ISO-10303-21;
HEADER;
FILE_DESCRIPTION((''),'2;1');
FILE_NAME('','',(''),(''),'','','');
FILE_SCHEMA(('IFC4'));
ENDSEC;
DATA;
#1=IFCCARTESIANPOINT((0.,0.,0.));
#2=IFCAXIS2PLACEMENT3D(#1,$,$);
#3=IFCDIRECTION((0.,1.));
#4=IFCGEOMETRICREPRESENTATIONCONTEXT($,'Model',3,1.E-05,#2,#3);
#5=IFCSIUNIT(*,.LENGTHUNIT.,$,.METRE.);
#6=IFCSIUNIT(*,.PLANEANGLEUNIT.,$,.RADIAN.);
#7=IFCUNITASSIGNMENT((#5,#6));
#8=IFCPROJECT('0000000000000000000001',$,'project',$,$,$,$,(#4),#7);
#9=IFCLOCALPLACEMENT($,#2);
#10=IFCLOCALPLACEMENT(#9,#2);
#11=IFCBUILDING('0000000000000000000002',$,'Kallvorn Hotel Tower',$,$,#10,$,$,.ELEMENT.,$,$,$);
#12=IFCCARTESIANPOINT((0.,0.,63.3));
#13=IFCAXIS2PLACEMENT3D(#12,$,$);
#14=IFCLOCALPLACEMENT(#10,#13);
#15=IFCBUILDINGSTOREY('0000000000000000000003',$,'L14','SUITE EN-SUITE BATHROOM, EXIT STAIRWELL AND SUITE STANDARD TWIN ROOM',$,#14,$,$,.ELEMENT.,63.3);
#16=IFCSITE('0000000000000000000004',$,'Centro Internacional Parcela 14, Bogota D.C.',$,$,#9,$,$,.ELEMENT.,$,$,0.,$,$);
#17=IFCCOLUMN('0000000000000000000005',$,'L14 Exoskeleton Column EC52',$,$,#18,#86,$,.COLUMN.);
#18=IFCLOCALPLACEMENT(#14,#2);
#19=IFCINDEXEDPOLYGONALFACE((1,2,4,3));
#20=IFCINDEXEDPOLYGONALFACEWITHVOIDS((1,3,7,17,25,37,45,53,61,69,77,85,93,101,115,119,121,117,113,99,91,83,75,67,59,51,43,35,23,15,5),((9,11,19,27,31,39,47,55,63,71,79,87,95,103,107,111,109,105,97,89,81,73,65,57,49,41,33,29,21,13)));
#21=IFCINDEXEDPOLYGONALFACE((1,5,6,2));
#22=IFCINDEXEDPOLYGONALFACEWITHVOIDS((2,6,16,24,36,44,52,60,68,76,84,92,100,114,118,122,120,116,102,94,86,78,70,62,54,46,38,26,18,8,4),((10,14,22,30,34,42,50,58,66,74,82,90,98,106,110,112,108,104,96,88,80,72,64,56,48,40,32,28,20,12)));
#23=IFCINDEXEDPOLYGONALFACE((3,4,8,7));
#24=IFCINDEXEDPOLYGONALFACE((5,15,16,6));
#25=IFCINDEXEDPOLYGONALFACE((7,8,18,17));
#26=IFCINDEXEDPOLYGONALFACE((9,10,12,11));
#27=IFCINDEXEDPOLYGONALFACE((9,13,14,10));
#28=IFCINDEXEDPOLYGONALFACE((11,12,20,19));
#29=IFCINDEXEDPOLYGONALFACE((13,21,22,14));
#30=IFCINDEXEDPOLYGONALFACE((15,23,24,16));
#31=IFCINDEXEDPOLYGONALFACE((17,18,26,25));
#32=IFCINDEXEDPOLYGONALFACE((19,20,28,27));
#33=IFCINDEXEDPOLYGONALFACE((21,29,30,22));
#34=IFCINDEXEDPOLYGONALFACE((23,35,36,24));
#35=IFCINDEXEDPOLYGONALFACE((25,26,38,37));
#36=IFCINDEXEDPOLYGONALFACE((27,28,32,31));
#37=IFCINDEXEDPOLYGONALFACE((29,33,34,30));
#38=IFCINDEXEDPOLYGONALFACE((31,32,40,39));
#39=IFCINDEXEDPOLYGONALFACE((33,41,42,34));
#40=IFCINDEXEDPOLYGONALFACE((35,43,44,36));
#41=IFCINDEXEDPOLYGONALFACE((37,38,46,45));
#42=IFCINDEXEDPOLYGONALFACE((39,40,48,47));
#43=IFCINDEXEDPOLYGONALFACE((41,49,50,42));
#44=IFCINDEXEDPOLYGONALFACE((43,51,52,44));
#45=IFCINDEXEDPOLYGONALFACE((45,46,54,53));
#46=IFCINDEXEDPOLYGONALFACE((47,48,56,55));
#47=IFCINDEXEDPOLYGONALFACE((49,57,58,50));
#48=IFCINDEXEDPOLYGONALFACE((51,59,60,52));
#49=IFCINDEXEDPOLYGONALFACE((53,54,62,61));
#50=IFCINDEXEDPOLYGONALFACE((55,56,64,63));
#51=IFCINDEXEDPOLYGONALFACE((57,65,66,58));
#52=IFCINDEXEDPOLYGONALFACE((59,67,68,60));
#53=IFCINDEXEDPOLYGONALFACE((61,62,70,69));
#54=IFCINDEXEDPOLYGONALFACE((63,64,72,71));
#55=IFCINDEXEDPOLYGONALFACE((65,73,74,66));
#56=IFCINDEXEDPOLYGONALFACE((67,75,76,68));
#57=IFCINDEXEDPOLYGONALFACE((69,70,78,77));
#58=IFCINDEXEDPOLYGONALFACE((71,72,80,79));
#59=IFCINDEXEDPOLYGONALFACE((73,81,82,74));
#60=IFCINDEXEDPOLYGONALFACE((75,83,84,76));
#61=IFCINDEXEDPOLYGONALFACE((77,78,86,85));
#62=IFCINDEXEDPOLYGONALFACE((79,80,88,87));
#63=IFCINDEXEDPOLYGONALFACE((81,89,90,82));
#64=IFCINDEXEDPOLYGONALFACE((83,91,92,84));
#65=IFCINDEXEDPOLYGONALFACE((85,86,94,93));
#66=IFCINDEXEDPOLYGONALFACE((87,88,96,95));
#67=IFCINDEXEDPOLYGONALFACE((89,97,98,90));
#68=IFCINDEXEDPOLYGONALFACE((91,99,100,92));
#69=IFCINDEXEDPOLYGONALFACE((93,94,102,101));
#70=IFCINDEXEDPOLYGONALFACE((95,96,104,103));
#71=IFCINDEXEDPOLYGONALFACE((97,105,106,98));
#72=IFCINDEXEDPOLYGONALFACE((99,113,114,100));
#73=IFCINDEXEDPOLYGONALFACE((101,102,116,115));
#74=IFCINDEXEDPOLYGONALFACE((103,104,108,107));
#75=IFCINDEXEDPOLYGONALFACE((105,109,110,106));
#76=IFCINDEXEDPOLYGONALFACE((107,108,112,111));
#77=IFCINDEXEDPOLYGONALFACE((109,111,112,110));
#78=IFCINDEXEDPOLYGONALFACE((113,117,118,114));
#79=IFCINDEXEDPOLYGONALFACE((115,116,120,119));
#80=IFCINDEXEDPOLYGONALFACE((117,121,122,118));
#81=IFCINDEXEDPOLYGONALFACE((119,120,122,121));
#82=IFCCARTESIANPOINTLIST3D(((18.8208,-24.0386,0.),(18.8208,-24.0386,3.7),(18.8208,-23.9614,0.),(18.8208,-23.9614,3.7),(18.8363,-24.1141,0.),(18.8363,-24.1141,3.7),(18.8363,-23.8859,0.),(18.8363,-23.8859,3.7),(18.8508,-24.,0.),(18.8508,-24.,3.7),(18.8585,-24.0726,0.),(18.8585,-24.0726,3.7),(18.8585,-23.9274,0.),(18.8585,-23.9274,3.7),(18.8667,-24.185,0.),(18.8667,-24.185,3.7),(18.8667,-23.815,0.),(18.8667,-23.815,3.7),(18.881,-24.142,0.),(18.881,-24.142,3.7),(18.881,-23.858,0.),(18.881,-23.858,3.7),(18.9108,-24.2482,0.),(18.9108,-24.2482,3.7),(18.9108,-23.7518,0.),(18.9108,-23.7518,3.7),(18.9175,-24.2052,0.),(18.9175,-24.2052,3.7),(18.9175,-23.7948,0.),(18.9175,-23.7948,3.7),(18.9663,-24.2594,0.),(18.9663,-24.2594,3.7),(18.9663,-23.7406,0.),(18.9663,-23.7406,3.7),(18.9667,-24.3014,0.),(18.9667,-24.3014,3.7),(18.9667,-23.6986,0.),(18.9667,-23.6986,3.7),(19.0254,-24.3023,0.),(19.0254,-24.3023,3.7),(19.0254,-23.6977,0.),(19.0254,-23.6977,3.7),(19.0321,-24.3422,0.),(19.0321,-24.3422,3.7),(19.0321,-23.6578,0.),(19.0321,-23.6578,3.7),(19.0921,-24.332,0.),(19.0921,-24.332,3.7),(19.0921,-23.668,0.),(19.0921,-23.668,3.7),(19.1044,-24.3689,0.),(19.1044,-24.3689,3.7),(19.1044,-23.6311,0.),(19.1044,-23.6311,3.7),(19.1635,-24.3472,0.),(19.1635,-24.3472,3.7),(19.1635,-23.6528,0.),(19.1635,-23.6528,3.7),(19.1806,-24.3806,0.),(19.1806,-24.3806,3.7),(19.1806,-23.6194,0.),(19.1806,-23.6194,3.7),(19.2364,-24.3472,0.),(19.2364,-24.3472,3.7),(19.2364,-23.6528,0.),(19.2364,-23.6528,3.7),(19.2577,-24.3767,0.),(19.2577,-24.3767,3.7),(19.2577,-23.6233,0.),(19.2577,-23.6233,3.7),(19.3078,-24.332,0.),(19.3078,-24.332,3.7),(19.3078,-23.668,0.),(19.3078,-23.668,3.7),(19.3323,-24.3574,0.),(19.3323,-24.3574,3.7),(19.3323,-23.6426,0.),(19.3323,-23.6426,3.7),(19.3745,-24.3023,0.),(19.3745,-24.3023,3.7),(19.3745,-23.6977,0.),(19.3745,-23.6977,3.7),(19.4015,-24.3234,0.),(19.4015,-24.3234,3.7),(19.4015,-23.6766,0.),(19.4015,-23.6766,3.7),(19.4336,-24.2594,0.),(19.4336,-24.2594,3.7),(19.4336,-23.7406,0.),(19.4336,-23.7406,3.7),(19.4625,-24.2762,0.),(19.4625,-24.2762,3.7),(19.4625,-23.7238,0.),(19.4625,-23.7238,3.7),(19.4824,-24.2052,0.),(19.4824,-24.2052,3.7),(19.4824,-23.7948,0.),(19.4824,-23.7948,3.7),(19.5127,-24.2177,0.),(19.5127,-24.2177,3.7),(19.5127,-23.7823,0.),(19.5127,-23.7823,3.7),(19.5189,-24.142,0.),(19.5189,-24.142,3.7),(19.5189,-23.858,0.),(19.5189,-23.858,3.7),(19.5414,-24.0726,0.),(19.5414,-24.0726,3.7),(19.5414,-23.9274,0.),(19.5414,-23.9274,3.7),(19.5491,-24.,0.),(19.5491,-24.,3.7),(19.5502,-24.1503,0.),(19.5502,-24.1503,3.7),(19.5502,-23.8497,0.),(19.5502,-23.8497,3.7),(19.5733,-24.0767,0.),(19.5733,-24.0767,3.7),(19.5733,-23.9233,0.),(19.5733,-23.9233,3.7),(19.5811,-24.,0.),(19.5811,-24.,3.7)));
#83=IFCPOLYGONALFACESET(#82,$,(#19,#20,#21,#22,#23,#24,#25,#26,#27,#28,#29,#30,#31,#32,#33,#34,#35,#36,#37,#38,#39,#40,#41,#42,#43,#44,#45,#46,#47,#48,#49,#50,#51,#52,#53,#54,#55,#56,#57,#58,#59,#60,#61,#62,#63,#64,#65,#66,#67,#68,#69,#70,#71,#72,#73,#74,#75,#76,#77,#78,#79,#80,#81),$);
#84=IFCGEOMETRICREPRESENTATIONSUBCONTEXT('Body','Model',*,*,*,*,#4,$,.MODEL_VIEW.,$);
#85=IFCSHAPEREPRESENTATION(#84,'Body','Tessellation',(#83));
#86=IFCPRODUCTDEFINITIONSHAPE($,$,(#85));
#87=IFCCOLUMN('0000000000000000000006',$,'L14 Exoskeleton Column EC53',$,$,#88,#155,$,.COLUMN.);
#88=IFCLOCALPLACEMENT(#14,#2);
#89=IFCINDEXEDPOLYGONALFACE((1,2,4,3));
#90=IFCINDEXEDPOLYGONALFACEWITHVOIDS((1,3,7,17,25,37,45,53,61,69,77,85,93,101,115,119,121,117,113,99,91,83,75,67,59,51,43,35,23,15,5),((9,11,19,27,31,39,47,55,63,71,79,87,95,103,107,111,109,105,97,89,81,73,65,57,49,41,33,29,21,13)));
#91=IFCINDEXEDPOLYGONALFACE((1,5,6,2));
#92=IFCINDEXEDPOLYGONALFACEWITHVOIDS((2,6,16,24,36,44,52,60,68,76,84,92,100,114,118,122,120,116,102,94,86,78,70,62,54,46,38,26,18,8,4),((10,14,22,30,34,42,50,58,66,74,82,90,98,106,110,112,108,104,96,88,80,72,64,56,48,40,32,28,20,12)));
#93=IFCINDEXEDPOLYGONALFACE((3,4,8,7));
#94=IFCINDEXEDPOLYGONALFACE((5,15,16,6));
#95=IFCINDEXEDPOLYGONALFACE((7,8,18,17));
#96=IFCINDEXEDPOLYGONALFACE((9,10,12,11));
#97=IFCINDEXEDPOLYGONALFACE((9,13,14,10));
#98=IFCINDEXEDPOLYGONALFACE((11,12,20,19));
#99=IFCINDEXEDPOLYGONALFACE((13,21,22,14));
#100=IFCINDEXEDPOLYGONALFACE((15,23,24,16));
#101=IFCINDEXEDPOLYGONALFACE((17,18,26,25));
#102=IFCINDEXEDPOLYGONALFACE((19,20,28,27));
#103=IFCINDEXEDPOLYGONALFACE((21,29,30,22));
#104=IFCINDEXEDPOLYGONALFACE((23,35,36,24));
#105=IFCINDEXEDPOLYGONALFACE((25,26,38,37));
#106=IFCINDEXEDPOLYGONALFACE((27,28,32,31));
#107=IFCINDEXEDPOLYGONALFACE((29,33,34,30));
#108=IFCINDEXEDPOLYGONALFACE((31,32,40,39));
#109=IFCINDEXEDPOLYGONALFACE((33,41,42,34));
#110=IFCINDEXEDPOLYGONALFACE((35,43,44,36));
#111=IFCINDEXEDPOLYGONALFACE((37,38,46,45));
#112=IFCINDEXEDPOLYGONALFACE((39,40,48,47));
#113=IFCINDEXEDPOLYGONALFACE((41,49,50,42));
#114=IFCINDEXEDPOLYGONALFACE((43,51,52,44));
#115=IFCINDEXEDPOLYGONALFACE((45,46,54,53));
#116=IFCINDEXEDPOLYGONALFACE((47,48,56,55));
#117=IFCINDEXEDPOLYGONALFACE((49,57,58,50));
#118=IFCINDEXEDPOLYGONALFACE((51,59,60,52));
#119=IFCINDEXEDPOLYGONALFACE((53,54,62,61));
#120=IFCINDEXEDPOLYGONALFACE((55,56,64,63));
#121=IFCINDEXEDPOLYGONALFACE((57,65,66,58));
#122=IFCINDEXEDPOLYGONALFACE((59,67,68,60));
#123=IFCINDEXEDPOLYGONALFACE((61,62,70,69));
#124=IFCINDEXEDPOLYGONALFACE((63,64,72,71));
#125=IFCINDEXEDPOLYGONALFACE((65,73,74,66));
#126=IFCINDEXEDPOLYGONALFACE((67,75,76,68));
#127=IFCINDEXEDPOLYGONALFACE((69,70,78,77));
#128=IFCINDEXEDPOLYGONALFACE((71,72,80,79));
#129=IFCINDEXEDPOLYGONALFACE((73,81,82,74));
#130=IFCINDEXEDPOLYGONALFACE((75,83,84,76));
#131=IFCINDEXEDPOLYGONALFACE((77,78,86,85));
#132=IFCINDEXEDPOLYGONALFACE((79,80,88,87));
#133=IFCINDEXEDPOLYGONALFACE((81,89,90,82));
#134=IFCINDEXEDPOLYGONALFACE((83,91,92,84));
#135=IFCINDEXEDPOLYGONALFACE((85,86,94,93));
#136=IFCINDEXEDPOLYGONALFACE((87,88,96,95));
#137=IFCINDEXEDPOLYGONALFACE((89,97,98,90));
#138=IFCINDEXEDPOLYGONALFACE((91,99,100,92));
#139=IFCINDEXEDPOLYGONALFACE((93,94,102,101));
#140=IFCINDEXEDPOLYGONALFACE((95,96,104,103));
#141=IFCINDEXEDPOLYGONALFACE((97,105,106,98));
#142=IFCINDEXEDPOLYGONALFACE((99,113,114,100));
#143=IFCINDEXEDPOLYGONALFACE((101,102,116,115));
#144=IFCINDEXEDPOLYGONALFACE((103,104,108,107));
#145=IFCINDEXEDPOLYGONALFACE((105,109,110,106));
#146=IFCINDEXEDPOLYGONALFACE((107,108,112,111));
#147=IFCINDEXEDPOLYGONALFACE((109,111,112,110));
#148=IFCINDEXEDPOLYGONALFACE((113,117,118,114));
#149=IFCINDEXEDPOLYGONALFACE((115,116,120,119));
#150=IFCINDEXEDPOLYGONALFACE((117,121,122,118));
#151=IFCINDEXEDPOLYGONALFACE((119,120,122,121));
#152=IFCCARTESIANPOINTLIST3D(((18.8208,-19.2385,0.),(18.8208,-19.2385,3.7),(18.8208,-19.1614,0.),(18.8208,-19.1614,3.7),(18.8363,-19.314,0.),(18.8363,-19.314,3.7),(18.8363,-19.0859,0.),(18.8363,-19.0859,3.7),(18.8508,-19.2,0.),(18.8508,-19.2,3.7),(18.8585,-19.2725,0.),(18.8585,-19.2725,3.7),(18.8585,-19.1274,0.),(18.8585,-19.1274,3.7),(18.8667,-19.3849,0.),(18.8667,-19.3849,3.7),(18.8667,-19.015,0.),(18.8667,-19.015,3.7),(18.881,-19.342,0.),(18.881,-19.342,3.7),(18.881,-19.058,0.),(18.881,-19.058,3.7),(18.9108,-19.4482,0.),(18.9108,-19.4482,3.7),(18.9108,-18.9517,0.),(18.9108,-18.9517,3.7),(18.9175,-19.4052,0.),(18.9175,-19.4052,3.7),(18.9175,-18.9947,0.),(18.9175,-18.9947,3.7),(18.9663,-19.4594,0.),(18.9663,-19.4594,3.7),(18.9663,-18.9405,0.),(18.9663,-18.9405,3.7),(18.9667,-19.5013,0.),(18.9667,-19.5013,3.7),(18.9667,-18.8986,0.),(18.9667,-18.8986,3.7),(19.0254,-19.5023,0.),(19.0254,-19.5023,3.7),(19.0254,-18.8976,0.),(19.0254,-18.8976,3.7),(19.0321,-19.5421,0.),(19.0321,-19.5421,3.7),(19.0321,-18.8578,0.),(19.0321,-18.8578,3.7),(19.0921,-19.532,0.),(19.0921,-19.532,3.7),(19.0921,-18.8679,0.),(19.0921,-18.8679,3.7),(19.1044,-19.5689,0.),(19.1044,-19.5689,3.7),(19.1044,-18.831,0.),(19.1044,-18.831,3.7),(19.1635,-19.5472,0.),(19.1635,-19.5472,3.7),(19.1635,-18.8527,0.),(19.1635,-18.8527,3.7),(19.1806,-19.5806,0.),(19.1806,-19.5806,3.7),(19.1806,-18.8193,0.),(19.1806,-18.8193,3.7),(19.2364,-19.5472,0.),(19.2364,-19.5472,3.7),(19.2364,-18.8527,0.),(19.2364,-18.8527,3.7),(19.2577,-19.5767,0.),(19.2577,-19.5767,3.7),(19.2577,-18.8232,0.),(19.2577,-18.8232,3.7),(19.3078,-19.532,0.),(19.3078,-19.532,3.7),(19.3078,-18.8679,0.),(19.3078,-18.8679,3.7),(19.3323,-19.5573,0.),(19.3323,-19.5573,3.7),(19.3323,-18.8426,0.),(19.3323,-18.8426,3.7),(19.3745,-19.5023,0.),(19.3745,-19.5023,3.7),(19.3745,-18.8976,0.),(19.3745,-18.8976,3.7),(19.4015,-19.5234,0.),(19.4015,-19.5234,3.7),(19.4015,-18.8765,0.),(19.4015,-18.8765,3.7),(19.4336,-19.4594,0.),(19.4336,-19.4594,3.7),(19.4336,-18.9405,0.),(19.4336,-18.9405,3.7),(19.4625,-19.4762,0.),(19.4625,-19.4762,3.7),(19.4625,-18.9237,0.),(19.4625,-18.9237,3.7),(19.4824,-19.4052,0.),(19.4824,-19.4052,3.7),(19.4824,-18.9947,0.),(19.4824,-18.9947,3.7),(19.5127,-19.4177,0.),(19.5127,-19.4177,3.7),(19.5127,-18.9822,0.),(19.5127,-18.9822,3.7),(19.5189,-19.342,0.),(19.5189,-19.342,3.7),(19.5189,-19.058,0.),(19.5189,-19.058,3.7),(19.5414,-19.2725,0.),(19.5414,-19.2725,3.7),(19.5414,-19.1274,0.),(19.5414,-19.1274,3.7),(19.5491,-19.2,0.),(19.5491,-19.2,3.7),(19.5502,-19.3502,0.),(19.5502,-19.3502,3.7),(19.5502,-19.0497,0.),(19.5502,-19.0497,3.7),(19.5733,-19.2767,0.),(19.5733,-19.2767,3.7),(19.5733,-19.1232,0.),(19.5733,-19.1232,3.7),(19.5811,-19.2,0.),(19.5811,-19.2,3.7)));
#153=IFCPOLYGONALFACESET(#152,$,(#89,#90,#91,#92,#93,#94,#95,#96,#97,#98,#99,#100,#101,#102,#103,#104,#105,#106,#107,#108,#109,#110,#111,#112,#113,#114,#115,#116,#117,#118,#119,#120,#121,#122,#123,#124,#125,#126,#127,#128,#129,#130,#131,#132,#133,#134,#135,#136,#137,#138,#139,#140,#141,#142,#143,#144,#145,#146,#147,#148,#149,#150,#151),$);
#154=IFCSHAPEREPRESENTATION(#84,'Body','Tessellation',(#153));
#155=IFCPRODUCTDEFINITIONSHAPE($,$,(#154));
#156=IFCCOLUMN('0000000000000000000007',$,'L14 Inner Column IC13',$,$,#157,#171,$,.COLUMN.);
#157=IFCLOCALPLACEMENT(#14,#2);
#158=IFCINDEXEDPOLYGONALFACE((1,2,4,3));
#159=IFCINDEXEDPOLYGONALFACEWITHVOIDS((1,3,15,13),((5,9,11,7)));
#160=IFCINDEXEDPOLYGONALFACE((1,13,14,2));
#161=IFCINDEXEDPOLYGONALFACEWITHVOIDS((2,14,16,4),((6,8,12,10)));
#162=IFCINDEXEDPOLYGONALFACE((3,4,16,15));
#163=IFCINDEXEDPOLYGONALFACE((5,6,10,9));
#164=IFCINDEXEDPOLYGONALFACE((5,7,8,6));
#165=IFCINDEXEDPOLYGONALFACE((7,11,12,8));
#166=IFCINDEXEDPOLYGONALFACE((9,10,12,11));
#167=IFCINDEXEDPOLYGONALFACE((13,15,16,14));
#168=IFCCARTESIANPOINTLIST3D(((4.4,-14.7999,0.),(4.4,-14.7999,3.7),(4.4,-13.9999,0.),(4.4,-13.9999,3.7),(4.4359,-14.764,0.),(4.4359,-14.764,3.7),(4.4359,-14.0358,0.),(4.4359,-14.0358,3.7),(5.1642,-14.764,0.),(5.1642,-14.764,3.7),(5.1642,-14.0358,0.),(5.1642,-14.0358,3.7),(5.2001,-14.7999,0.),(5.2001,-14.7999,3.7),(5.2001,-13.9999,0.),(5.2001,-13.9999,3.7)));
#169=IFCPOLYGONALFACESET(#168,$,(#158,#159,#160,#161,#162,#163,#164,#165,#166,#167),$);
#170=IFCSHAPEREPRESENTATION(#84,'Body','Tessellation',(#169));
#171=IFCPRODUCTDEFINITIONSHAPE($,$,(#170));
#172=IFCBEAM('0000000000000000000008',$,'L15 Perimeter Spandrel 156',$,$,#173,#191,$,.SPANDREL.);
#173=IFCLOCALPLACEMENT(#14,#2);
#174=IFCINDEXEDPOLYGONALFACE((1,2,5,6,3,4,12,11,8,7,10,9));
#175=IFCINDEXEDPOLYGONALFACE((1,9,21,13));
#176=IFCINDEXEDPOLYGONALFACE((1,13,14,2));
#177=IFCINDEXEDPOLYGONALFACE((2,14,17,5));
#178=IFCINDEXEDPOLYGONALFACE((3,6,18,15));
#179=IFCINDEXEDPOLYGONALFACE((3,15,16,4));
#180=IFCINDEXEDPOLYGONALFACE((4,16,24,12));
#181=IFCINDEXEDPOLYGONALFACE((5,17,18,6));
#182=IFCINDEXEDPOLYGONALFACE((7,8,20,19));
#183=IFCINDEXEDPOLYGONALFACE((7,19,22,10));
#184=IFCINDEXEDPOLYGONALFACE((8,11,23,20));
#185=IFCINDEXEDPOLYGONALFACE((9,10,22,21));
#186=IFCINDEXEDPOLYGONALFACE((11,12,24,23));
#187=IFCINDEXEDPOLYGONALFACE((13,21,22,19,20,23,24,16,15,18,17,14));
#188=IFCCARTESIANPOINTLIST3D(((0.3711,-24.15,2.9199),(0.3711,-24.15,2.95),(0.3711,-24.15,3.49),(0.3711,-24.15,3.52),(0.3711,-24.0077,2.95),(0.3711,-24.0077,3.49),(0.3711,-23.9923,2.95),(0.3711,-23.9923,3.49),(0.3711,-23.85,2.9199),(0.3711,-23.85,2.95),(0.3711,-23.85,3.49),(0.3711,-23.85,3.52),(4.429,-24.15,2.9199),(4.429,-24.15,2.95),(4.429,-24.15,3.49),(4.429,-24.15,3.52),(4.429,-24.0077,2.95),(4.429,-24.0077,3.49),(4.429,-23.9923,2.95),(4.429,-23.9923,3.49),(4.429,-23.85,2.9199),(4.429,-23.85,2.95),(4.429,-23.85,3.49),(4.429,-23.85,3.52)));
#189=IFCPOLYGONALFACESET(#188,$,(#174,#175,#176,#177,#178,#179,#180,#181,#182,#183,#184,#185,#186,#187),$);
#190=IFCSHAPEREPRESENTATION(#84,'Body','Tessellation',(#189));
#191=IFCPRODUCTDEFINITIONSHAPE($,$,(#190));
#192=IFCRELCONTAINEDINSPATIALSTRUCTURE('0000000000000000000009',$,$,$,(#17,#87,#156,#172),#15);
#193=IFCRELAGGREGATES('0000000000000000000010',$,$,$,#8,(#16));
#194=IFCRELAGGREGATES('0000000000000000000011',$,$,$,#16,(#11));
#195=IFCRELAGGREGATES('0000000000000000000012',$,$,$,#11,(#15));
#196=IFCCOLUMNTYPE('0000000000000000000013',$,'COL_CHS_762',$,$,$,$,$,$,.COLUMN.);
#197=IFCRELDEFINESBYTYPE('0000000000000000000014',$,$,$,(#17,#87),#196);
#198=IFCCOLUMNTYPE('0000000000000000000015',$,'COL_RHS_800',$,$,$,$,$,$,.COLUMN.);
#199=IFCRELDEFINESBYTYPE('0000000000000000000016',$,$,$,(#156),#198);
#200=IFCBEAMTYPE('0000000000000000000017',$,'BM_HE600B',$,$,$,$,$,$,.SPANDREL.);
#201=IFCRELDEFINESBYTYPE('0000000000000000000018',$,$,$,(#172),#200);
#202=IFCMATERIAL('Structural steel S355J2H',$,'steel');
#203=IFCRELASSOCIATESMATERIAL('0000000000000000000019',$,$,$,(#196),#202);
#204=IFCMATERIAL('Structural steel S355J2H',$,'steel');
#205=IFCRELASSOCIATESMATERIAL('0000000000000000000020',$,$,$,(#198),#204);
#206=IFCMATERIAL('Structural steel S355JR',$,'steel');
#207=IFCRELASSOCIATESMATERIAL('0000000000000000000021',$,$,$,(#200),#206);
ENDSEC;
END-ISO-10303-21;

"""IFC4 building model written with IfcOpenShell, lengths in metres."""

from ifc_helpers import new_model, si_unit, direction, frame, origin, origin_2d, place, context, subcontext, project, spatial, hollow_rectangle, hollow_circle, i_section, extrude, material, material_profile, profile_set, type_object, element, save


model = new_model("IFC4")

# Units and contexts
model_context = context("Model", 3, precision=1e-05, world=origin(), true_north=direction((0.0, 1.0)))
body_context = subcontext(model_context, "Body", "Model", "MODEL_VIEW")
ifc_project = project(units=[si_unit("LENGTHUNIT", "METRE"), si_unit("PLANEANGLEUNIT", "RADIAN")], contexts=[model_context])

# Site, building, storey
site_placement = place(None, origin())
site = spatial("IfcSite", under=ifc_project, at=site_placement, Name="Centro Internacional Parcela 14, Bogota D.C.", CompositionType="ELEMENT", RefElevation=0.0)
building_placement = place(site_placement, origin())
building = spatial("IfcBuilding", under=site, at=building_placement, Name="Kallvorn Hotel Tower", CompositionType="ELEMENT")
storey_placement = place(building_placement, frame((0.0, 0.0, 63.3)))
storey = spatial("IfcBuildingStorey", under=building, at=storey_placement, Name="L14", Description="SUITE EN-SUITE BATHROOM, EXIT STAIRWELL AND SUITE STANDARD TWIN ROOM", CompositionType="ELEMENT", Elevation=63.3)

# Columns
ifc_material_1 = material(Name="Structural steel S355J2H", Category="steel")
ifc_material_profile_1 = material_profile(ifc_material_1, hollow_circle(Radius=0.3811, WallThickness=0.032, at=origin_2d()), Name="CHS 762x32")
ifc_profile_set_1 = profile_set([ifc_material_profile_1], Name="Structural steel S355J2H")
column_type_1 = type_object("IfcColumnType", Name="COL_CHS_762", PredefinedType="COLUMN", material=ifc_profile_set_1)
for number, where, z_axis, x_axis, name in (
    (1, (19.2, -24.0, 0.0), (0.0, 0.0, 1.0), (1.0, 0.0, 0.0), "L14 Exoskeleton Column EC52"),
    (2, (19.2, -19.2, 0.0), (0.0, 0.0, 1.0), (1.0, 0.0, 0.0), "L14 Exoskeleton Column EC53"),
):
    element("IfcColumn", number, at=place(storey_placement, frame(where, z_axis=z_axis, x_axis=x_axis)), inside=storey, type_object=column_type_1, Name=name, PredefinedType="COLUMN", context=body_context, shape_type="SweptSolid", body=[
        extrude(hollow_circle(Radius=0.3811, WallThickness=0.032, at=origin_2d()), origin(), (0.0, 0.0, 1.0), 3.7),
    ])
ifc_material_2 = material(Name="Structural steel S355J2H", Category="steel")
ifc_material_profile_2 = material_profile(ifc_material_2, hollow_rectangle(XDim=0.8, YDim=0.8, WallThickness=0.0359, at=origin_2d()), Name="RHS 800x800x36")
ifc_profile_set_2 = profile_set([ifc_material_profile_2], Name="Structural steel S355J2H")
column_type_2 = type_object("IfcColumnType", Name="COL_RHS_800", PredefinedType="COLUMN", material=ifc_profile_set_2)
column_placement = place(storey_placement, frame((4.8, -14.3999, 0.0), z_axis=(0.0, 0.0, 1.0), x_axis=(1.0, 0.0, 0.0)))
element("IfcColumn", 3, at=column_placement, inside=storey, type_object=column_type_2, Name="L14 Inner Column IC13", PredefinedType="COLUMN", context=body_context, shape_type="SweptSolid", body=[
    extrude(hollow_rectangle(XDim=0.8, YDim=0.8, WallThickness=0.0359, at=origin_2d()), origin(), (0.0, 0.0, 1.0), 3.7),
])

# Beam
ifc_material_3 = material(Name="Structural steel S355JR", Category="steel")
ifc_material_profile_3 = material_profile(ifc_material_3, i_section(OverallWidth=0.3, OverallDepth=0.6001, WebThickness=0.0154, FlangeThickness=0.03, at=origin_2d()), Name="HE 600 B")
ifc_profile_set_3 = profile_set([ifc_material_profile_3], Name="Structural steel S355JR")
beam_type_1 = type_object("IfcBeamType", Name="BM_HE600B", PredefinedType="SPANDREL", material=ifc_profile_set_3)
beam_1_placement = place(storey_placement, frame((0.3711, -24.0, 3.22), z_axis=(1.0, 0.0, 0.0), x_axis=(0.0, 1.0, 0.0)))
element("IfcBeam", 4, at=beam_1_placement, inside=storey, type_object=beam_type_1, Name="L15 Perimeter Spandrel 156", PredefinedType="SPANDREL", context=body_context, shape_type="SweptSolid", body=[
    extrude(i_section(OverallWidth=0.3, OverallDepth=0.6001, WebThickness=0.0154, FlangeThickness=0.03, at=origin_2d()), origin(), (0.0, 0.0, 1.0), 4.0579),
])

save(model, "model.ifc")
